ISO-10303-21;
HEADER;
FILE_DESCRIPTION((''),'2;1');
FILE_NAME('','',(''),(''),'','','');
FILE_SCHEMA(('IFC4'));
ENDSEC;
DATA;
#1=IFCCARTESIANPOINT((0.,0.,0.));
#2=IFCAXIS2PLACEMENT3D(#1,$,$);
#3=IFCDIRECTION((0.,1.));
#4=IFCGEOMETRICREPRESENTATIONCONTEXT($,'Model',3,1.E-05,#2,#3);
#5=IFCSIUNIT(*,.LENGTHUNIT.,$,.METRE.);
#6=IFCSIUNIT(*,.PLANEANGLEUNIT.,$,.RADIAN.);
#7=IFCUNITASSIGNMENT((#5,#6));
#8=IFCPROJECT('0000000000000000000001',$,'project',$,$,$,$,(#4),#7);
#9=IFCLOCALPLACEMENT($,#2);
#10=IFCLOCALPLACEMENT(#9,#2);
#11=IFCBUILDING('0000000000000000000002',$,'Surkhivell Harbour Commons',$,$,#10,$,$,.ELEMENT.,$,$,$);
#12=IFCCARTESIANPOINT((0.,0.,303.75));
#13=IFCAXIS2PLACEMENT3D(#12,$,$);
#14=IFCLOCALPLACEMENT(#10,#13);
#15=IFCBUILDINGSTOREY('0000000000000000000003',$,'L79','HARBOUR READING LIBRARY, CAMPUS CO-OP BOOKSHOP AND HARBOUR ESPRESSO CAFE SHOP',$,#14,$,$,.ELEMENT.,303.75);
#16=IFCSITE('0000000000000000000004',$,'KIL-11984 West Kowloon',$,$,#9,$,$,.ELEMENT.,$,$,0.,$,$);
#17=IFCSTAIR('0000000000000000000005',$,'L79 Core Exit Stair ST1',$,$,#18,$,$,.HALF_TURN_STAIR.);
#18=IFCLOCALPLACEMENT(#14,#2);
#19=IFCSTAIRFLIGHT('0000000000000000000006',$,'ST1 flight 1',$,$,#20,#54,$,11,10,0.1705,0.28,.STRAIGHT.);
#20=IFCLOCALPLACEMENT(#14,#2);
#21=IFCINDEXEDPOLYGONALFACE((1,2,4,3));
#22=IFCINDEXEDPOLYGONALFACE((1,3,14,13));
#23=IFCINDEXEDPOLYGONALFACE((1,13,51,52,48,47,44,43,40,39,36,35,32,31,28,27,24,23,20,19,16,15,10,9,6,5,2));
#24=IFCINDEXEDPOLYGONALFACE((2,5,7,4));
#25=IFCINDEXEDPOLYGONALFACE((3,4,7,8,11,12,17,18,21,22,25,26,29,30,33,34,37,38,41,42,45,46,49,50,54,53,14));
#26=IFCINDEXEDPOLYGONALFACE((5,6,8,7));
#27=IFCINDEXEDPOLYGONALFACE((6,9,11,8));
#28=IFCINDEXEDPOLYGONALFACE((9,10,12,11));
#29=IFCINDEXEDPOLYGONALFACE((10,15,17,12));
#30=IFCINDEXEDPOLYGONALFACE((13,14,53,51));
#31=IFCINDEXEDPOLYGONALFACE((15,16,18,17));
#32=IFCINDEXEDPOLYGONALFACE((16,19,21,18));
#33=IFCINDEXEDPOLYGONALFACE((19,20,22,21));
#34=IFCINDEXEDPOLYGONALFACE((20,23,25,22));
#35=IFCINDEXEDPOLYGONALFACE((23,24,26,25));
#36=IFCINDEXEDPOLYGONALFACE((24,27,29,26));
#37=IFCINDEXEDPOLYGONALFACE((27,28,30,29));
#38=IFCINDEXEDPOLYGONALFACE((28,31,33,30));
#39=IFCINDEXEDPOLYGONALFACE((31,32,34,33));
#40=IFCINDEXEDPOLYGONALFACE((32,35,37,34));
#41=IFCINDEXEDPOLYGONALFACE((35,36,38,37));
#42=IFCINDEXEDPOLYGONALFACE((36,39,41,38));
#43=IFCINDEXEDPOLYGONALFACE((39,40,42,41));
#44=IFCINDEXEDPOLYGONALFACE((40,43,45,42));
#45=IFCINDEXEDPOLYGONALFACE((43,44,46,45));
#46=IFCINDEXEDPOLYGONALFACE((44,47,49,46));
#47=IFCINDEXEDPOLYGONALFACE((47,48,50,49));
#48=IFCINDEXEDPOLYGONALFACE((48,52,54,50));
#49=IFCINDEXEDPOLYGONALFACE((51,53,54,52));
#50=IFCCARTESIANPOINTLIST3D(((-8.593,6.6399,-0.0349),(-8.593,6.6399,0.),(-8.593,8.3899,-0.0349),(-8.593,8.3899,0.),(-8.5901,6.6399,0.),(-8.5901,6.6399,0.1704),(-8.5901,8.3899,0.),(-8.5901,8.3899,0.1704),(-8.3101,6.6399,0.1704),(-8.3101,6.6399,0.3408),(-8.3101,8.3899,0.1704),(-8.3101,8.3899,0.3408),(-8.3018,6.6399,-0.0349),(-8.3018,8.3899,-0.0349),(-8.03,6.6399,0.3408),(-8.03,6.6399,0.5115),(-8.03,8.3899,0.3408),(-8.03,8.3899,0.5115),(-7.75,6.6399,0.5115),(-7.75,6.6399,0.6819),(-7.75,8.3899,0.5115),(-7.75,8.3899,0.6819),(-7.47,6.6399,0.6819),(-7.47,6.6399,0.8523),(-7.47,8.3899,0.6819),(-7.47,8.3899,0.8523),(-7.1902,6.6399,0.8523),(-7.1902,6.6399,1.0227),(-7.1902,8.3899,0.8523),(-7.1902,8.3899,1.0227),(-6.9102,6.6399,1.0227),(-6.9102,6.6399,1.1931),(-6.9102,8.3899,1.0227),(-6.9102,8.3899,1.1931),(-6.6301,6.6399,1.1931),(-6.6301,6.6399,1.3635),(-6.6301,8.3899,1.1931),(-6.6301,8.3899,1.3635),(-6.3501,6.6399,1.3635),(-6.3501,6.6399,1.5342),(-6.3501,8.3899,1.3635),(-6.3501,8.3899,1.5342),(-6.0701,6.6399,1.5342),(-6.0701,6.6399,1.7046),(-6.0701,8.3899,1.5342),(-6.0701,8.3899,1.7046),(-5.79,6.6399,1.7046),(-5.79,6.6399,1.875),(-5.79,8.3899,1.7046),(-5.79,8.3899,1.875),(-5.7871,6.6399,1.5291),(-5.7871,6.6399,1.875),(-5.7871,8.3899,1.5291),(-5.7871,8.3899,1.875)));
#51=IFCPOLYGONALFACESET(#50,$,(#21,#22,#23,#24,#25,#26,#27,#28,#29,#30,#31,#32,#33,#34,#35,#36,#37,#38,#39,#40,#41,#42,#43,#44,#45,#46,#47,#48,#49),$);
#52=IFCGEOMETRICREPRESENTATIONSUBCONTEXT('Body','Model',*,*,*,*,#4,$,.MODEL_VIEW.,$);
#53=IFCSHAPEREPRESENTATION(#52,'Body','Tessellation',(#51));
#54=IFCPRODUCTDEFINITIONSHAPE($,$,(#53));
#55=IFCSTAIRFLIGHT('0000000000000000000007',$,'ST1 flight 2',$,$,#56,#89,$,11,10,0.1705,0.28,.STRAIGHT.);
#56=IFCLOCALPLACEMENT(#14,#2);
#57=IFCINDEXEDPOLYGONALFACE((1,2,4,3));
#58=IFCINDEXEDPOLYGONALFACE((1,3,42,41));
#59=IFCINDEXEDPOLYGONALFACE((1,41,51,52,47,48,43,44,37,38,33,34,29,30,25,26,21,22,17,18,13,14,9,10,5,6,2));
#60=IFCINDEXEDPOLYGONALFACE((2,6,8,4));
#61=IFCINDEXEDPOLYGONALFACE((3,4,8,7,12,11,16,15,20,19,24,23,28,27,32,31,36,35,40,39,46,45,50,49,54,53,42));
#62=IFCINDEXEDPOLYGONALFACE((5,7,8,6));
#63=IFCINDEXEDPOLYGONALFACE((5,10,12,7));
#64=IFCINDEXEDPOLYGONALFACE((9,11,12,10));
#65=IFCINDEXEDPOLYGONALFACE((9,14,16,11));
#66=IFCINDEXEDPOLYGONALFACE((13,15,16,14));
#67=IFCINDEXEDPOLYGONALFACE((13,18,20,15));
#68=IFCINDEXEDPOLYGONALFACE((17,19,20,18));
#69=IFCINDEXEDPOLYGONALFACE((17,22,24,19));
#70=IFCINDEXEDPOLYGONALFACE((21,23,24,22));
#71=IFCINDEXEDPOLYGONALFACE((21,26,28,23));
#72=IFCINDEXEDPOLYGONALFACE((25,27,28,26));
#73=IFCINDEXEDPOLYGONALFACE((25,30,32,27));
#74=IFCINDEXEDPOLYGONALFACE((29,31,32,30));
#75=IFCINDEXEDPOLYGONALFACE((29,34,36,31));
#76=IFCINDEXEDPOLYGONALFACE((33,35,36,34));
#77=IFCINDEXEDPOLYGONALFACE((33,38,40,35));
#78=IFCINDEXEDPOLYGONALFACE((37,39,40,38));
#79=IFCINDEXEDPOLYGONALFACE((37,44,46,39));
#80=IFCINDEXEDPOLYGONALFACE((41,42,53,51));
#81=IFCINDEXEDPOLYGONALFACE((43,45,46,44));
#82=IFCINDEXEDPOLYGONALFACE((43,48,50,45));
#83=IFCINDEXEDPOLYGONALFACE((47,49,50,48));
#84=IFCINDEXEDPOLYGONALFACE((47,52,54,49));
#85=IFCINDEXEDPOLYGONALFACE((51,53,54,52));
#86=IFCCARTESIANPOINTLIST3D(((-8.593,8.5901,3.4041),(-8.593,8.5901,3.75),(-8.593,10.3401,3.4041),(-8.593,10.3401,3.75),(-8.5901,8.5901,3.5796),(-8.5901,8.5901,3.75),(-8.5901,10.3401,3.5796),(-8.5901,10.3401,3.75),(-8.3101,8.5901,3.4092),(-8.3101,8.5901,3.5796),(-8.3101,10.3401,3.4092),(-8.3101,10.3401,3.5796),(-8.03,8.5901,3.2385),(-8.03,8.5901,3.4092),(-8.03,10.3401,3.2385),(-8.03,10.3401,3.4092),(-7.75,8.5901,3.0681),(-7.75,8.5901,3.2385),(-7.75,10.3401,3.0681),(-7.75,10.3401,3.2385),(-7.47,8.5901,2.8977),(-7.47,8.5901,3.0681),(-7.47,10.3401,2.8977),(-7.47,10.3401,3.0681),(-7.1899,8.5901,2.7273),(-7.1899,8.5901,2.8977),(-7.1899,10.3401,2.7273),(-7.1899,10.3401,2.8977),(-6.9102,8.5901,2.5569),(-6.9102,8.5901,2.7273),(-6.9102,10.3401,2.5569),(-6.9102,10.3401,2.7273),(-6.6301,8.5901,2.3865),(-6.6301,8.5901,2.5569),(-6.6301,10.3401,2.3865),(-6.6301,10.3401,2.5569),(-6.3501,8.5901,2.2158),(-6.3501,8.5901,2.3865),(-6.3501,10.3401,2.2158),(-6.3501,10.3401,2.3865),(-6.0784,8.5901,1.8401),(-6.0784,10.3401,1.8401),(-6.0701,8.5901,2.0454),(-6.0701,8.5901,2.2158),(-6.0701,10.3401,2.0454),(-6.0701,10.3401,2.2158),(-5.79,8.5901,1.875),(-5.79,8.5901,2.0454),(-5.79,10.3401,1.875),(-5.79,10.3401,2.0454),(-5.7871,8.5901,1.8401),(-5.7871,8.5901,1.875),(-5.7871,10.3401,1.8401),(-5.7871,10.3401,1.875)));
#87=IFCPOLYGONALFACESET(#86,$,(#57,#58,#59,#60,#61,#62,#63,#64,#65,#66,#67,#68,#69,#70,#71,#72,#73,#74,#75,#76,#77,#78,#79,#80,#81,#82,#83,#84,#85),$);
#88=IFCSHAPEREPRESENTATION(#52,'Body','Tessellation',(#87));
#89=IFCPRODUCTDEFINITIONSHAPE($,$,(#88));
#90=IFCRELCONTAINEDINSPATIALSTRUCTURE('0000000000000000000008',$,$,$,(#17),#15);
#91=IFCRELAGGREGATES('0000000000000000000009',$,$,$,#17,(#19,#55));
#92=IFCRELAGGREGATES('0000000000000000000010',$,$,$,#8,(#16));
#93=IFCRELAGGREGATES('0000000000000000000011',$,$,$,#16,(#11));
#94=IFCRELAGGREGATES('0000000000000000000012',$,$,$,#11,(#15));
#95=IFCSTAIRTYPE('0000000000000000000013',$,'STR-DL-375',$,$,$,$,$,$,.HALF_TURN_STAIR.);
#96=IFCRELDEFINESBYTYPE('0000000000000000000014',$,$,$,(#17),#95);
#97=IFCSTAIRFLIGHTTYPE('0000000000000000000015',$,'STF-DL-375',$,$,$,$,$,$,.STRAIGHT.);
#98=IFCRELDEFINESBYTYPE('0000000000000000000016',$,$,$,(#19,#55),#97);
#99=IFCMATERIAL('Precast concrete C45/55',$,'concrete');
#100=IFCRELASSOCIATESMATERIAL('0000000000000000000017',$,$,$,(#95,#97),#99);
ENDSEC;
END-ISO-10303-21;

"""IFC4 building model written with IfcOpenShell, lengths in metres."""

from ifc_helpers import new_model, si_unit, direction, frame, origin, place, context, subcontext, project, spatial, polyline, outline, extrude, material, type_object, element, aggregate, save


model = new_model("IFC4")

# Units and contexts
model_context = context("Model", 3, precision=1e-05, world=origin(), true_north=direction((0.0, 1.0)))
body_context = subcontext(model_context, "Body", "Model", "MODEL_VIEW")
ifc_project = project(units=[si_unit("LENGTHUNIT", "METRE"), si_unit("PLANEANGLEUNIT", "RADIAN")], contexts=[model_context])

# Site, building, storey
site_placement = place(None, origin())
site = spatial("IfcSite", under=ifc_project, at=site_placement, Name="KIL-11984 West Kowloon", CompositionType="ELEMENT", RefElevation=0.0)
building_placement = place(site_placement, origin())
building = spatial("IfcBuilding", under=site, at=building_placement, Name="Surkhivell Harbour Commons", CompositionType="ELEMENT")
storey_placement = place(building_placement, frame((0.0, 0.0, 303.75)))
storey = spatial("IfcBuildingStorey", under=building, at=storey_placement, Name="L79", Description="HARBOUR READING LIBRARY, CAMPUS CO-OP BOOKSHOP AND HARBOUR ESPRESSO CAFE SHOP", CompositionType="ELEMENT", Elevation=303.75)

# Stair, stair flights
ifc_material_1 = material(Name="Precast concrete C45/55", Category="concrete")
stair_type = type_object("IfcStairType", Name="STR-DL-375", PredefinedType="HALF_TURN_STAIR", material=ifc_material_1)
stair_placement = place(storey_placement, origin())
stair = element("IfcStair", 1, at=stair_placement, inside=storey, type_object=stair_type, Name="L79 Core Exit Stair ST1", PredefinedType="HALF_TURN_STAIR")
stair_flight_type = type_object("IfcStairFlightType", Name="STF-DL-375", PredefinedType="STRAIGHT", material=ifc_material_1)
stair_flight_1_placement = place(storey_placement, frame((-8.5901, 7.5149, 0.0), z_axis=(0.0, 0.0, 1.0), x_axis=(1.0, 0.0, 0.0)))
stair_flight_1 = element("IfcStairFlight", 2, at=stair_flight_1_placement, type_object=stair_flight_type, Name="ST1 flight 1", NumberOfRisers=11, NumberOfTreads=10, PredefinedType="STRAIGHT", RiserHeight=0.1705, TreadLength=0.28, context=body_context, shape_type="SweptSolid", body=[
    extrude(outline(polyline([(-0.0029, -0.0349), (-0.0029, 0.0), (0.0, 0.0), (0.0, 0.1704), (0.28, 0.1704), (0.28, 0.3408), (0.5601, 0.3408), (0.5601, 0.5115), (0.8401, 0.5115), (0.8401, 0.6819), (1.1201, 0.6819), (1.1201, 0.8523), (1.3999, 0.8523), (1.3999, 1.0227), (1.6799, 1.0227), (1.6799, 1.1931), (1.96, 1.1931), (1.96, 1.3635), (2.24, 1.3635), (2.24, 1.5342), (2.52, 1.5342), (2.52, 1.7046), (2.8, 1.7046), (2.8, 1.875), (2.803, 1.875), (2.803, 1.5291), (0.2883, -0.0349), (-0.0029, -0.0349)])), frame((0.0, 0.875, 0.0), z_axis=(0.0, -1.0, 0.0), x_axis=(1.0, 0.0, 0.0)), (0.0, 0.0, 1.0), 1.75),
])
stair_flight_2_placement = place(storey_placement, frame((-5.79, 9.4651, 1.875), z_axis=(0.0, 0.0, 1.0), x_axis=(-1.0, 0.0, 0.0)))
stair_flight_2 = element("IfcStairFlight", 3, at=stair_flight_2_placement, type_object=stair_flight_type, Name="ST1 flight 2", NumberOfRisers=11, NumberOfTreads=10, PredefinedType="STRAIGHT", RiserHeight=0.1705, TreadLength=0.28, context=body_context, shape_type="SweptSolid", body=[
    extrude(outline(polyline([(-0.0029, -0.0349), (-0.0029, 0.0), (0.0, 0.0), (0.0, 0.1704), (0.28, 0.1704), (0.28, 0.3408), (0.5601, 0.3408), (0.5601, 0.5115), (0.8401, 0.5115), (0.8401, 0.6819), (1.1201, 0.6819), (1.1201, 0.8523), (1.3999, 0.8523), (1.3999, 1.0227), (1.6799, 1.0227), (1.6799, 1.1931), (1.96, 1.1931), (1.96, 1.3635), (2.24, 1.3635), (2.24, 1.5342), (2.52, 1.5342), (2.52, 1.7046), (2.8, 1.7046), (2.8, 1.875), (2.803, 1.875), (2.803, 1.5291), (0.2883, -0.0349), (-0.0029, -0.0349)])), frame((0.0, 0.875, 0.0), z_axis=(0.0, -1.0, 0.0), x_axis=(1.0, 0.0, 0.0)), (0.0, 0.0, 1.0), 1.75),
])
aggregate(stair, [stair_flight_1, stair_flight_2])

save(model, "model.ifc")
